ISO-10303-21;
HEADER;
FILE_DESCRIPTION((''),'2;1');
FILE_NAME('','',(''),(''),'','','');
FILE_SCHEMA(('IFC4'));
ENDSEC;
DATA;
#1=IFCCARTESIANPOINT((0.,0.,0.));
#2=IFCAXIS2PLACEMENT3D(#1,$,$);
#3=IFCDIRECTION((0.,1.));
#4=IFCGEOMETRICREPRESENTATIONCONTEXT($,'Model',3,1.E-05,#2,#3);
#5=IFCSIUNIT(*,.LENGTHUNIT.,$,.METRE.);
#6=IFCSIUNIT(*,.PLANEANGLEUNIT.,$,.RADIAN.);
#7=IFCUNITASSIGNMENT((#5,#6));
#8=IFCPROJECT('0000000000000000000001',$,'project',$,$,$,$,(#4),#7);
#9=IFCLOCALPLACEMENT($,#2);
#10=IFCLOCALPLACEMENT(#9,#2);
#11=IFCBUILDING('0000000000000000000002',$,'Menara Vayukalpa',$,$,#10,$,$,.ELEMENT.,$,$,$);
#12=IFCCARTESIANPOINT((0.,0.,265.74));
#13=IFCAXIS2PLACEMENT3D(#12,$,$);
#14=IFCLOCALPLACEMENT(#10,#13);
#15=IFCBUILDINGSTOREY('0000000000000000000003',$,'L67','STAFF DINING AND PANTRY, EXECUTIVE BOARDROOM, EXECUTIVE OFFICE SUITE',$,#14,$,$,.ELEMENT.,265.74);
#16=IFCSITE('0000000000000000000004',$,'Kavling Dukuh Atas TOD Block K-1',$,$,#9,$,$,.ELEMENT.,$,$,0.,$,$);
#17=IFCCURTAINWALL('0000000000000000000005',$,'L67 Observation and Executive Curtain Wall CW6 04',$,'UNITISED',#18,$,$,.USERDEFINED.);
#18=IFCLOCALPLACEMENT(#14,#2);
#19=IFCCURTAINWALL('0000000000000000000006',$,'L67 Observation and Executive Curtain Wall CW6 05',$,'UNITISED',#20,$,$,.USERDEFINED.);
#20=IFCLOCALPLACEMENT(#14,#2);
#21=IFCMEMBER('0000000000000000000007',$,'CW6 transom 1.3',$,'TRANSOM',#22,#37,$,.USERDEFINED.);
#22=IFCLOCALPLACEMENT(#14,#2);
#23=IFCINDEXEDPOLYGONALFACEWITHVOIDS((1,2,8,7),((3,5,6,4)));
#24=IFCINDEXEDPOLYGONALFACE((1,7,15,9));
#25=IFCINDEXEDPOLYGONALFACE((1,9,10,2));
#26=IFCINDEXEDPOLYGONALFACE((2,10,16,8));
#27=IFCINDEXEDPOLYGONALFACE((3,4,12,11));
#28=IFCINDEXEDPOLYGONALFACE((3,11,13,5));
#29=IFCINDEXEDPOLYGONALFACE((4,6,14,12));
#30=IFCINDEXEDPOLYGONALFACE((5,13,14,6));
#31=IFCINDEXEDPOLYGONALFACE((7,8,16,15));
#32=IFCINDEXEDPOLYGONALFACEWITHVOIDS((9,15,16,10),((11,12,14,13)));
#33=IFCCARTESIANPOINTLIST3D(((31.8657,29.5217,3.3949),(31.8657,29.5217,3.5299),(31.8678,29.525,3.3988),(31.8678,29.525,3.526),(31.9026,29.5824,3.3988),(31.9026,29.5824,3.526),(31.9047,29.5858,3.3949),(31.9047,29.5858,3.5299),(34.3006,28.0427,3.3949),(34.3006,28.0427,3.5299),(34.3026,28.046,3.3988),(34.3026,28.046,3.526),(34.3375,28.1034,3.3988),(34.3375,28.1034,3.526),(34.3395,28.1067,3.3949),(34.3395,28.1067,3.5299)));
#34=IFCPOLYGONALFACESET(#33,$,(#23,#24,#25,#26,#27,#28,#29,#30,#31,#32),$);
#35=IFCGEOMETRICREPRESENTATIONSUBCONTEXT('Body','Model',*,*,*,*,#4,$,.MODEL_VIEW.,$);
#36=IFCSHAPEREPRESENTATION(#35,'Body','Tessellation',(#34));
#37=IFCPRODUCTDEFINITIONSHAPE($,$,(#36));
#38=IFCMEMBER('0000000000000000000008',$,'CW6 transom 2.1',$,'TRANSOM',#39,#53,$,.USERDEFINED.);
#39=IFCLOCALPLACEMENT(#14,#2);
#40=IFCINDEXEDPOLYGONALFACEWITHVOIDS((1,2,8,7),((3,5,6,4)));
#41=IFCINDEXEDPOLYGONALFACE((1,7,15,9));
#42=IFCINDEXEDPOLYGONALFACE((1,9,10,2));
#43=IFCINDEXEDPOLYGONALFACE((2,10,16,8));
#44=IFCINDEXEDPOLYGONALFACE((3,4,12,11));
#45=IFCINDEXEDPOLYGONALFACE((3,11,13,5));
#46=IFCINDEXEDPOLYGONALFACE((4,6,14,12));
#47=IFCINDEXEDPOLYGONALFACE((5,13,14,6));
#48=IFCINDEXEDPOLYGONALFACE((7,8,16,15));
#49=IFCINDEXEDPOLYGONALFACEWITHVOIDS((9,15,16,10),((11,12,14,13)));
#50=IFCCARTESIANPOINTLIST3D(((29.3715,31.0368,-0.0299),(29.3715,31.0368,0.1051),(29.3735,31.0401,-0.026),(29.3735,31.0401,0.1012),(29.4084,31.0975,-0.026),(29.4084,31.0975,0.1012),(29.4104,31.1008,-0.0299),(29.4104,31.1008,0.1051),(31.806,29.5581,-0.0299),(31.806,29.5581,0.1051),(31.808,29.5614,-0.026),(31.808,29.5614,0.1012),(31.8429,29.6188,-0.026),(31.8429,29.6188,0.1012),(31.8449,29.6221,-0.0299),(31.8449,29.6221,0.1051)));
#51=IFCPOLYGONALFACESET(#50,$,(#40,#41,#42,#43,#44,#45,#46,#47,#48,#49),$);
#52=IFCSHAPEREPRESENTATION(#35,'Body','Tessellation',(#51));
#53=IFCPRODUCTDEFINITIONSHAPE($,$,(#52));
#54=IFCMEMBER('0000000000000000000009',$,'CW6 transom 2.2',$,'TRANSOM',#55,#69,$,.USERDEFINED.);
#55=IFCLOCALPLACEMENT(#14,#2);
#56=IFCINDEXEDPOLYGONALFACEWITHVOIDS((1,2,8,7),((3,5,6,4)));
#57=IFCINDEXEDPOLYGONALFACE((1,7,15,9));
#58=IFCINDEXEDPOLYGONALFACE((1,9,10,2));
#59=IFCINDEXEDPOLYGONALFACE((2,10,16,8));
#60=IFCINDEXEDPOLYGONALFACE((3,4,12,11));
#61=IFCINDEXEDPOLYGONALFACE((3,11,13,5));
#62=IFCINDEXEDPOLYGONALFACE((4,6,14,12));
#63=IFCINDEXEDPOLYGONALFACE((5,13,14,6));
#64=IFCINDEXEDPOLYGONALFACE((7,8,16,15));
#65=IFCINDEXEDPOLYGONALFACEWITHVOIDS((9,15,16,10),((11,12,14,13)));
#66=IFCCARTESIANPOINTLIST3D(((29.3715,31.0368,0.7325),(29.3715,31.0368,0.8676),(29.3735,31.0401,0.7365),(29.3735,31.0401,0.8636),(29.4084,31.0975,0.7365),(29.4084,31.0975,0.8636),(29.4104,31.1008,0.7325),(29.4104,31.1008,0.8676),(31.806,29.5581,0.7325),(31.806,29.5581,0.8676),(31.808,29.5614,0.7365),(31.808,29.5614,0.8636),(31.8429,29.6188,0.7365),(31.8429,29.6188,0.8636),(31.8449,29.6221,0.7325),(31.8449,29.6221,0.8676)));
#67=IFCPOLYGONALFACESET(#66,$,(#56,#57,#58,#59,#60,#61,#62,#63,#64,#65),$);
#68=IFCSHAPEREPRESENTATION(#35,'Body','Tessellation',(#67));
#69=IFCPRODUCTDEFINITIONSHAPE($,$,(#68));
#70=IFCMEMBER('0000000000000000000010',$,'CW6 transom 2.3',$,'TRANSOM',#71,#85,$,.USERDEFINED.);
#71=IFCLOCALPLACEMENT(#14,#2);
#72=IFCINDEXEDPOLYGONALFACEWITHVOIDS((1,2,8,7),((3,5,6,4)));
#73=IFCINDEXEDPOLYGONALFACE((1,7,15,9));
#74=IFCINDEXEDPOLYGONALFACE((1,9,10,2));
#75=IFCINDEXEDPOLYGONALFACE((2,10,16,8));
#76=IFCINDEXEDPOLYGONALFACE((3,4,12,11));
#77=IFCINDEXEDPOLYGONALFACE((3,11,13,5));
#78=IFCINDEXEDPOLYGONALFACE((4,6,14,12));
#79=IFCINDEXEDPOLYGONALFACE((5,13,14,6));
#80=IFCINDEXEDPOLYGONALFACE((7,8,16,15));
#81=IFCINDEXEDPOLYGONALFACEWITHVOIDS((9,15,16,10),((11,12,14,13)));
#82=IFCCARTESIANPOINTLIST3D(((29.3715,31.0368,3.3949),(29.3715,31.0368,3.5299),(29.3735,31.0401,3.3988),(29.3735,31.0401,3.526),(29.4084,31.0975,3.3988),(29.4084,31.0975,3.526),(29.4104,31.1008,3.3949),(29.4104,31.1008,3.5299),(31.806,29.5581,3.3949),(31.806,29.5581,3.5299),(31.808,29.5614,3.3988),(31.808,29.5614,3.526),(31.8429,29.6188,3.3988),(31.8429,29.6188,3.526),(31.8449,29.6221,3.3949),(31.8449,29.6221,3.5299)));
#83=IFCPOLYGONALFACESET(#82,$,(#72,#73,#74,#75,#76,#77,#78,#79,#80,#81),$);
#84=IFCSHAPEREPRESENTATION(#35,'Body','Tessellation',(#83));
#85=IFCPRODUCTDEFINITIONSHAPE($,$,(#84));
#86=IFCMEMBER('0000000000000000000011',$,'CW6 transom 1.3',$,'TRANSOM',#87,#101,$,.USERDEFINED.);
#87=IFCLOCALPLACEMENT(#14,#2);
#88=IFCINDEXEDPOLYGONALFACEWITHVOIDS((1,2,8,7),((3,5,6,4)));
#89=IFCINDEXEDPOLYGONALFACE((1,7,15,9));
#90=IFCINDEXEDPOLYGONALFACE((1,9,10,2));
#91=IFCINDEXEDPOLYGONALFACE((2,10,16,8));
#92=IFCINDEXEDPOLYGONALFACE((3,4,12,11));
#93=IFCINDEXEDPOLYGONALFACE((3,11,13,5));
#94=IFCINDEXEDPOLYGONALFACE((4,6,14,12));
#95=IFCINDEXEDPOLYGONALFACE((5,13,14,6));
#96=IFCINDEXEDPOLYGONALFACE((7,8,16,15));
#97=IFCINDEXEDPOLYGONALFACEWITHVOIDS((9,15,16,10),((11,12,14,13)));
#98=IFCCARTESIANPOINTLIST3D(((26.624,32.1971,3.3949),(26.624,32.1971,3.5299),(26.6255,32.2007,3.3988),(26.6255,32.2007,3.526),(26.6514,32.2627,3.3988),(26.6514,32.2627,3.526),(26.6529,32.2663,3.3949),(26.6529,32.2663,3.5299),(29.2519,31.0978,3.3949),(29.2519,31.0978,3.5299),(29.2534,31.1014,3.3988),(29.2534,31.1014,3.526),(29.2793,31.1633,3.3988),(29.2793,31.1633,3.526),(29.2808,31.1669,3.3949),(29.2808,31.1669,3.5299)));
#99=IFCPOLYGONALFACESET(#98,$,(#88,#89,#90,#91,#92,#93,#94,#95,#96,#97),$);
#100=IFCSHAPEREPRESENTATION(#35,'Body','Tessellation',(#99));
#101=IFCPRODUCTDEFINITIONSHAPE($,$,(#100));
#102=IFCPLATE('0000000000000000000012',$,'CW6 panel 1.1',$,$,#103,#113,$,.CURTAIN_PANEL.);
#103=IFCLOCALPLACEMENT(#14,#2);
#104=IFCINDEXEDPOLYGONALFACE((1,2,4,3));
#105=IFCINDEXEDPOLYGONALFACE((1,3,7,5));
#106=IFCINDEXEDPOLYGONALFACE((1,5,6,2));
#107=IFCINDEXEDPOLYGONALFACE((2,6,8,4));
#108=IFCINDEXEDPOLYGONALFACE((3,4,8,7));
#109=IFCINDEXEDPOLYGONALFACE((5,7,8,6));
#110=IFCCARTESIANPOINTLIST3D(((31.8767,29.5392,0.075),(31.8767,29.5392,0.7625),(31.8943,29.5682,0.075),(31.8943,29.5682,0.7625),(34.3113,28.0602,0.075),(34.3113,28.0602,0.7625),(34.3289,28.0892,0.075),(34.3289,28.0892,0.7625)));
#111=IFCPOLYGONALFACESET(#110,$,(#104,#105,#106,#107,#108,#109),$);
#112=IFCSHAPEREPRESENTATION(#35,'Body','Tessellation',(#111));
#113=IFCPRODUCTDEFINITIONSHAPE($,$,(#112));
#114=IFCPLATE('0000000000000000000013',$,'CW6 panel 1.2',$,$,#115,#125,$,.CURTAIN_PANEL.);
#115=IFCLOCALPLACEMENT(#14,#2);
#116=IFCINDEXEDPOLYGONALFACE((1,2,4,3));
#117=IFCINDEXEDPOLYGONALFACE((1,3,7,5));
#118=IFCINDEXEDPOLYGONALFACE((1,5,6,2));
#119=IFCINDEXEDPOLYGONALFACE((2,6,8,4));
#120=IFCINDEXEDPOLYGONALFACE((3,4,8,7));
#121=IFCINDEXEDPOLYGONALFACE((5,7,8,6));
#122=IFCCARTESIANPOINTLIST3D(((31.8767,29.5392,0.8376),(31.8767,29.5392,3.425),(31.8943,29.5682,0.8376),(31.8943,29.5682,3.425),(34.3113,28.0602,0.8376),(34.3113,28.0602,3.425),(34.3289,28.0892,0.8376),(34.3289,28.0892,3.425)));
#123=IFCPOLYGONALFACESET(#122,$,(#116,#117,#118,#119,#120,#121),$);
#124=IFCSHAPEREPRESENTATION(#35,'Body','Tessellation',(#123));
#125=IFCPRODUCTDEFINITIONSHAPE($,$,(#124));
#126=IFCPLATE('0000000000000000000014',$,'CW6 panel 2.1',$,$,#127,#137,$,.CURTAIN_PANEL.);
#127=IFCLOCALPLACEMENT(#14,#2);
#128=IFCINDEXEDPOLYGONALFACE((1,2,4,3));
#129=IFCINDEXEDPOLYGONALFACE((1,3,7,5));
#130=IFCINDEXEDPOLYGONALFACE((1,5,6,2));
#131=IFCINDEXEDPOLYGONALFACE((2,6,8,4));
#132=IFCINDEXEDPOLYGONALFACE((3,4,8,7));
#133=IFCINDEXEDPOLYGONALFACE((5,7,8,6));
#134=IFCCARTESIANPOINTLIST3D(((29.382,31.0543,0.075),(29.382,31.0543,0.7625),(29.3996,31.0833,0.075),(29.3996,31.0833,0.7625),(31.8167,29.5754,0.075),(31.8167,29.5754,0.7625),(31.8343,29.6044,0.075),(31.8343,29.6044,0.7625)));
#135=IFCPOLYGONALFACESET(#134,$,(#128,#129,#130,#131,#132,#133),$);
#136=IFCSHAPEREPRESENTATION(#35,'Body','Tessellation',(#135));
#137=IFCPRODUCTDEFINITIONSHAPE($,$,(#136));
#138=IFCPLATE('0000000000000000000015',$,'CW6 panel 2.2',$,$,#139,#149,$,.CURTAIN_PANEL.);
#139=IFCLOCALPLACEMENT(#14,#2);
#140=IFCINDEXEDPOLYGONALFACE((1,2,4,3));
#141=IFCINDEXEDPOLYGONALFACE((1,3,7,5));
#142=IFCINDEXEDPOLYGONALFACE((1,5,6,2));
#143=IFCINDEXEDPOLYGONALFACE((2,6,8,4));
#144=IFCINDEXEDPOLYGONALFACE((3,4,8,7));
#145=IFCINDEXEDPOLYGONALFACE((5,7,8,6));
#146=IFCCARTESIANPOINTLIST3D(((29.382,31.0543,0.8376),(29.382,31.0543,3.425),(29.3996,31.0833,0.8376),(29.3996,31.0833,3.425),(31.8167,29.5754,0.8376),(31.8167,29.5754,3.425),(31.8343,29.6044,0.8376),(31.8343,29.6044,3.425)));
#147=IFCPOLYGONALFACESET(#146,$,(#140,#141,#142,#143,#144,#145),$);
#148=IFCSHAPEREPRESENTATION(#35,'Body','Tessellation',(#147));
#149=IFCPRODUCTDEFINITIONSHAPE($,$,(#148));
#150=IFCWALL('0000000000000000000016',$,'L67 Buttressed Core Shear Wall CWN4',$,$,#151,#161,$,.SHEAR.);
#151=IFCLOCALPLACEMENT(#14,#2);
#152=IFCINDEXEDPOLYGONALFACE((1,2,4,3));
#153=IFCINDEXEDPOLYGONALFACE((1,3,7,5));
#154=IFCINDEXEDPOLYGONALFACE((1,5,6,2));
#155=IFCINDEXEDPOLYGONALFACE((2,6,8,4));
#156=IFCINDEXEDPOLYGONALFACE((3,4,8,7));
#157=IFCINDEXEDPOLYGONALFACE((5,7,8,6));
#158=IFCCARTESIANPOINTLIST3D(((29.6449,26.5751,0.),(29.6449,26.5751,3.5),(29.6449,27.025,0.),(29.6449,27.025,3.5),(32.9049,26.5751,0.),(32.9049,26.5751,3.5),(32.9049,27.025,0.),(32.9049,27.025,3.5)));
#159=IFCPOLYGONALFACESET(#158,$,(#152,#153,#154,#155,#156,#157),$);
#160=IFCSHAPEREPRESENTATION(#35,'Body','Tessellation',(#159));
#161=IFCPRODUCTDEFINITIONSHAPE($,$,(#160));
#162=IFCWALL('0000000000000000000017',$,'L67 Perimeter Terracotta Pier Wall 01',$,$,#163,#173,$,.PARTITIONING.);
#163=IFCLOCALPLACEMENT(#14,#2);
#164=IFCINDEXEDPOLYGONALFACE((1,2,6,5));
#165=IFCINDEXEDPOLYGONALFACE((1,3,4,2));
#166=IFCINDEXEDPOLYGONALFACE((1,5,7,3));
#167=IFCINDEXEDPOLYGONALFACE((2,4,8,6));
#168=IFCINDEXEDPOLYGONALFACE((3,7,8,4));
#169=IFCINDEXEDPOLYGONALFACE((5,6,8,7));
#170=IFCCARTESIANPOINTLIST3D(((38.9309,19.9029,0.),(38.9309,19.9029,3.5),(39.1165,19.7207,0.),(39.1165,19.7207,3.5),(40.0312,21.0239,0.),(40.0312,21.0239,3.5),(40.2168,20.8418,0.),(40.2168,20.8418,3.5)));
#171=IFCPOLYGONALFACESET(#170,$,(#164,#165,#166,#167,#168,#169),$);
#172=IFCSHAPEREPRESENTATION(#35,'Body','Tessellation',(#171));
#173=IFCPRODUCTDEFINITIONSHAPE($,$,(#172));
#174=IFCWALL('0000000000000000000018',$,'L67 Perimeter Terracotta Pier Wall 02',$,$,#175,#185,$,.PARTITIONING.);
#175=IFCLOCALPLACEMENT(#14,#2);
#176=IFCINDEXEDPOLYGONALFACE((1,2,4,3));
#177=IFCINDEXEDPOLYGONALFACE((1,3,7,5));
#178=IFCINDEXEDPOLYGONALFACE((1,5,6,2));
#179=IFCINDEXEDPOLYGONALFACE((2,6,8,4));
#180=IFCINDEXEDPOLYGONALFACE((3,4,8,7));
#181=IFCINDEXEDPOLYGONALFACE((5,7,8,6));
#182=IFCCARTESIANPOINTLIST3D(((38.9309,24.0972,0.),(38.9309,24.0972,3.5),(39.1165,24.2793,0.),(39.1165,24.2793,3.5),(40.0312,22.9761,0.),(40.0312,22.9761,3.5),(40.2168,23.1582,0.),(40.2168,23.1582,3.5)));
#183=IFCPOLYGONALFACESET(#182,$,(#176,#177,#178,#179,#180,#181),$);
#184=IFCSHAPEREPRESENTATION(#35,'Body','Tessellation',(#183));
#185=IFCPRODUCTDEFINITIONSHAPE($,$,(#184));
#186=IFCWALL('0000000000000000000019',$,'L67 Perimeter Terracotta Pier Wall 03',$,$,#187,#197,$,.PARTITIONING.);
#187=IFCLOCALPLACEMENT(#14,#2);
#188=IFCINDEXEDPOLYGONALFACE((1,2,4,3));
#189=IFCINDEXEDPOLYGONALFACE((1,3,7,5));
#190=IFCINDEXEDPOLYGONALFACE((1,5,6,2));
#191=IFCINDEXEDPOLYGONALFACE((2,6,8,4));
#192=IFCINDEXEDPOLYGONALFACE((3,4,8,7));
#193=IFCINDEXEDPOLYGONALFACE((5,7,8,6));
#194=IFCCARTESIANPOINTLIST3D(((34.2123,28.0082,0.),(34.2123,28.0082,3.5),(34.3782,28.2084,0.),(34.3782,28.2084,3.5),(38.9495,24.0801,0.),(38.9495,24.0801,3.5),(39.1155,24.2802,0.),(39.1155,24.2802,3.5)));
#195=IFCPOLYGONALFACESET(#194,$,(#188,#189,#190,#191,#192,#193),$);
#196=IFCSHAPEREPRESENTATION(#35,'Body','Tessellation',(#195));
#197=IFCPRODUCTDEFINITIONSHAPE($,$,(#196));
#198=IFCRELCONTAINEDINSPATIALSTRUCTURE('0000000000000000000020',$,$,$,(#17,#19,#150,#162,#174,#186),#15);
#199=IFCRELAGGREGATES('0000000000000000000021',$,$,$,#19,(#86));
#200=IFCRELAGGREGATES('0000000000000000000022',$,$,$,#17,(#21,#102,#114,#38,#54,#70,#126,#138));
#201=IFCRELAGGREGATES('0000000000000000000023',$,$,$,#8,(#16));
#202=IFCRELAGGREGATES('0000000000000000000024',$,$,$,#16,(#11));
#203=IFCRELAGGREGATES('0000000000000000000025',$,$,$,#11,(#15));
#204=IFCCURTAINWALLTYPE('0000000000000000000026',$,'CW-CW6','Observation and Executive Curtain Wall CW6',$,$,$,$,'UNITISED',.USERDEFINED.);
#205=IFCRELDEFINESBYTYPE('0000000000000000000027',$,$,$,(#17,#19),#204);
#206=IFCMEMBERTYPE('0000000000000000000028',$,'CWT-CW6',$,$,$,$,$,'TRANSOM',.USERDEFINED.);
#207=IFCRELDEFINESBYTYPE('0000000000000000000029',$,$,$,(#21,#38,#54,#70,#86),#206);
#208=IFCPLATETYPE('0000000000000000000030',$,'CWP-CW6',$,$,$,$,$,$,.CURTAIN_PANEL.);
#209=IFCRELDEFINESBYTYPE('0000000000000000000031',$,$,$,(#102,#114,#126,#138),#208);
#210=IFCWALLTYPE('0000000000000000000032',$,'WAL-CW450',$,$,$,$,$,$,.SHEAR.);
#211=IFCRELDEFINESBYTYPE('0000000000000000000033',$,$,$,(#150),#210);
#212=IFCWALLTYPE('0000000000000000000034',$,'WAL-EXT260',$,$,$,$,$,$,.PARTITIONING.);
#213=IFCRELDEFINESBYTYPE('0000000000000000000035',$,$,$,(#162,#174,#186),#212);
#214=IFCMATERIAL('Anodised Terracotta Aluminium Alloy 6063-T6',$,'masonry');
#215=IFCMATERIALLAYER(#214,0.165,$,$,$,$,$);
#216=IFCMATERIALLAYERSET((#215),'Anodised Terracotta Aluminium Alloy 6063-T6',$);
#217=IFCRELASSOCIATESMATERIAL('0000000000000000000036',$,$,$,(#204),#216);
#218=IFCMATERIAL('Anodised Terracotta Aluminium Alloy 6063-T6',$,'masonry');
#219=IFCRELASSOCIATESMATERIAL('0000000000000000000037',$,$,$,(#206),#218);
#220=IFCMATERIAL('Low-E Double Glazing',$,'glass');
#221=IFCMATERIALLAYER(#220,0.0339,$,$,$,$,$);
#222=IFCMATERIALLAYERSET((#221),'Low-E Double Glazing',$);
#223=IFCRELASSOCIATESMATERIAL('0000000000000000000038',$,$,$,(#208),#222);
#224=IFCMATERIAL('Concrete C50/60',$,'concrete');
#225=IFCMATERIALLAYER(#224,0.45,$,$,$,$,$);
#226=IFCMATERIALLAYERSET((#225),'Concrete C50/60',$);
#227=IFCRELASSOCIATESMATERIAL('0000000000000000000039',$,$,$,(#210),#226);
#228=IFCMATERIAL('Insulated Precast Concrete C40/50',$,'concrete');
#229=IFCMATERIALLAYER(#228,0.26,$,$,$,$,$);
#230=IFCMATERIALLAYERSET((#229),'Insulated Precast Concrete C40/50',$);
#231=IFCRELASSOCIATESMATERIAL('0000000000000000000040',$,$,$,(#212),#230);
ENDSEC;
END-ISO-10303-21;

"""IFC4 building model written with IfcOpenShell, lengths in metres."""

from ifc_helpers import new_model, si_unit, direction, frame, frame_2d, origin, origin_2d, place, context, subcontext, project, spatial, rectangle, hollow_rectangle, extrude, material, layer, layer_set, material_profile, profile_set, type_object, element, aggregate, save


model = new_model("IFC4")

# Units and contexts
model_context = context("Model", 3, precision=1e-05, world=origin(), true_north=direction((0.0, 1.0)))
body_context = subcontext(model_context, "Body", "Model", "MODEL_VIEW")
ifc_project = project(units=[si_unit("LENGTHUNIT", "METRE"), si_unit("PLANEANGLEUNIT", "RADIAN")], contexts=[model_context])

# Site, building, storey
site_placement = place(None, origin())
site = spatial("IfcSite", under=ifc_project, at=site_placement, Name="Kavling Dukuh Atas TOD Block K-1", CompositionType="ELEMENT", RefElevation=0.0)
building_placement = place(site_placement, origin())
building = spatial("IfcBuilding", under=site, at=building_placement, Name="Menara Vayukalpa", CompositionType="ELEMENT")
storey_placement = place(building_placement, frame((0.0, 0.0, 265.74)))
storey = spatial("IfcBuildingStorey", under=building, at=storey_placement, Name="L67", Description="STAFF DINING AND PANTRY, EXECUTIVE BOARDROOM, EXECUTIVE OFFICE SUITE", CompositionType="ELEMENT", Elevation=265.74)

# Curtain wall
ifc_material_1 = material(Name="Anodised Terracotta Aluminium Alloy 6063-T6", Category="masonry")
ifc_layer_1 = layer(ifc_material_1, 0.165)
ifc_layer_set_1 = layer_set([ifc_layer_1], Name="Anodised Terracotta Aluminium Alloy 6063-T6")
curtain_wall_type = type_object("IfcCurtainWallType", Name="CW-CW6", Description="Observation and Executive Curtain Wall CW6", ElementType="UNITISED", PredefinedType="USERDEFINED", material=ifc_layer_set_1)
curtain_wall_1_placement = place(storey_placement, origin())
curtain_wall_1 = element("IfcCurtainWall", 1, at=curtain_wall_1_placement, inside=storey, type_object=curtain_wall_type, Name="L67 Observation and Executive Curtain Wall CW6 04", ObjectType="UNITISED", PredefinedType="USERDEFINED")

# Curtain wall
curtain_wall_2_placement = place(storey_placement, origin())
curtain_wall_2 = element("IfcCurtainWall", 2, at=curtain_wall_2_placement, inside=storey, type_object=curtain_wall_type, Name="L67 Observation and Executive Curtain Wall CW6 05", ObjectType="UNITISED", PredefinedType="USERDEFINED")

# Members
ifc_material_2 = material(Name="Anodised Terracotta Aluminium Alloy 6063-T6", Category="masonry")
ifc_material_profile_1 = material_profile(ifc_material_2, hollow_rectangle(XDim=0.075, YDim=0.135, WallThickness=0.0039, at=origin_2d()), Name="ALU 75x135x4")
ifc_profile_set_1 = profile_set([ifc_material_profile_1], Name="Anodised Terracotta Aluminium Alloy 6063-T6")
member_type_1 = type_object("IfcMemberType", Name="CWT-CW6", ElementType="TRANSOM", PredefinedType="USERDEFINED", material=ifc_profile_set_1)
member_1_placement = place(storey_placement, frame((34.3201, 28.0747, 3.4624), z_axis=(-0.854675, 0.519164, 0.0), x_axis=(-0.519164, -0.854675, 0.0)))
member_1 = element("IfcMember", 3, at=member_1_placement, type_object=member_type_1, Name="CW6 transom 1.3", ObjectType="TRANSOM", PredefinedType="USERDEFINED", context=body_context, shape_type="SweptSolid", body=[
    extrude(hollow_rectangle(XDim=0.075, YDim=0.135, WallThickness=0.0039, at=origin_2d()), origin(), (0.0, 0.0, 1.0), 2.8489),
])
member_2_placement = place(storey_placement, frame((31.8254, 29.5901, 0.0376), z_axis=(-0.85469, 0.519139, 0.0), x_axis=(-0.519139, -0.85469, 0.0)))
member_2 = element("IfcMember", 4, at=member_2_placement, type_object=member_type_1, Name="CW6 transom 2.1", ObjectType="TRANSOM", PredefinedType="USERDEFINED", context=body_context, shape_type="SweptSolid", body=[
    extrude(hollow_rectangle(XDim=0.075, YDim=0.135, WallThickness=0.0039, at=origin_2d()), origin(), (0.0, 0.0, 1.0), 2.8484),
])
member_3_placement = place(storey_placement, frame((31.8254, 29.5901, 0.8), z_axis=(-0.85469, 0.519139, 0.0), x_axis=(-0.519139, -0.85469, 0.0)))
member_3 = element("IfcMember", 5, at=member_3_placement, type_object=member_type_1, Name="CW6 transom 2.2", ObjectType="TRANSOM", PredefinedType="USERDEFINED", context=body_context, shape_type="SweptSolid", body=[
    extrude(hollow_rectangle(XDim=0.075, YDim=0.135, WallThickness=0.0039, at=origin_2d()), origin(), (0.0, 0.0, 1.0), 2.8484),
])
member_4_placement = place(storey_placement, frame((31.8254, 29.5901, 3.4624), z_axis=(-0.85469, 0.519139, 0.0), x_axis=(-0.519139, -0.85469, 0.0)))
member_4 = element("IfcMember", 6, at=member_4_placement, type_object=member_type_1, Name="CW6 transom 2.3", ObjectType="TRANSOM", PredefinedType="USERDEFINED", context=body_context, shape_type="SweptSolid", body=[
    extrude(hollow_rectangle(XDim=0.075, YDim=0.135, WallThickness=0.0039, at=origin_2d()), origin(), (0.0, 0.0, 1.0), 2.8484),
])
member_5_placement = place(storey_placement, frame((29.2664, 31.1323, 3.4624), z_axis=(-0.922528, 0.385929, 0.0), x_axis=(-0.385929, -0.922528, 0.0)))
member_5 = element("IfcMember", 7, at=member_5_placement, type_object=member_type_1, Name="CW6 transom 1.3", ObjectType="TRANSOM", PredefinedType="USERDEFINED", context=body_context, shape_type="SweptSolid", body=[
    extrude(hollow_rectangle(XDim=0.075, YDim=0.135, WallThickness=0.0039, at=origin_2d()), origin(), (0.0, 0.0, 1.0), 2.8486),
])
aggregate(curtain_wall_2, [member_5])

# Plates
ifc_material_3 = material(Name="Low-E Double Glazing", Category="glass")
ifc_layer_2 = layer(ifc_material_3, 0.0339)
ifc_layer_set_2 = layer_set([ifc_layer_2], Name="Low-E Double Glazing")
plate_type = type_object("IfcPlateType", Name="CWP-CW6", PredefinedType="CURTAIN_PANEL", material=ifc_layer_set_2)
plate_1_placement = place(storey_placement, frame((33.1028, 28.8142, 0.075), z_axis=(0.0, 0.0, 1.0), x_axis=(-0.854668, 0.519176, 0.0)))
plate_1 = element("IfcPlate", 8, at=plate_1_placement, type_object=plate_type, Name="CW6 panel 1.1", PredefinedType="CURTAIN_PANEL", context=body_context, shape_type="SweptSolid", body=[
    extrude(rectangle(XDim=2.8486, YDim=0.0339, at=origin_2d()), origin(), (0.0, 0.0, 1.0), 0.6875),
])
plate_2_placement = place(storey_placement, frame((33.1028, 28.8142, 0.8376), z_axis=(0.0, 0.0, 1.0), x_axis=(-0.854668, 0.519176, 0.0)))
plate_2 = element("IfcPlate", 9, at=plate_2_placement, type_object=plate_type, Name="CW6 panel 1.2", PredefinedType="CURTAIN_PANEL", context=body_context, shape_type="SweptSolid", body=[
    extrude(rectangle(XDim=2.8486, YDim=0.0339, at=origin_2d()), origin(), (0.0, 0.0, 1.0), 2.5874),
])
plate_3_placement = place(storey_placement, frame((30.6082, 30.3293, 0.075), z_axis=(0.0, 0.0, 1.0), x_axis=(-0.854668, 0.519176, 0.0)))
plate_3 = element("IfcPlate", 10, at=plate_3_placement, type_object=plate_type, Name="CW6 panel 2.1", PredefinedType="CURTAIN_PANEL", context=body_context, shape_type="SweptSolid", body=[
    extrude(rectangle(XDim=2.8486, YDim=0.0339, at=origin_2d()), origin(), (0.0, 0.0, 1.0), 0.6875),
])
plate_4_placement = place(storey_placement, frame((30.6082, 30.3293, 0.8376), z_axis=(0.0, 0.0, 1.0), x_axis=(-0.854668, 0.519176, 0.0)))
plate_4 = element("IfcPlate", 11, at=plate_4_placement, type_object=plate_type, Name="CW6 panel 2.2", PredefinedType="CURTAIN_PANEL", context=body_context, shape_type="SweptSolid", body=[
    extrude(rectangle(XDim=2.8486, YDim=0.0339, at=origin_2d()), origin(), (0.0, 0.0, 1.0), 2.5874),
])
aggregate(curtain_wall_1, [member_1, plate_1, plate_2, member_2, member_3, member_4, plate_3, plate_4])

# Walls
ifc_material_4 = material(Name="Concrete C50/60", Category="concrete")
ifc_layer_3 = layer(ifc_material_4, 0.45)
ifc_layer_set_3 = layer_set([ifc_layer_3], Name="Concrete C50/60")
wall_type_1 = type_object("IfcWallType", Name="WAL-CW450", PredefinedType="SHEAR", material=ifc_layer_set_3)
wall_1_placement = place(storey_placement, frame((29.645, 26.8, 0.0), z_axis=(0.0, 0.0, 1.0), x_axis=(1.0, 0.0, 0.0)))
element("IfcWall", 12, at=wall_1_placement, inside=storey, type_object=wall_type_1, Name="L67 Buttressed Core Shear Wall CWN4", PredefinedType="SHEAR", context=body_context, shape_type="SweptSolid", body=[
    extrude(rectangle(XDim=3.26, YDim=0.45, at=frame_2d((1.6299, 0.0))), origin(), (0.0, 0.0, 1.0), 3.5),
])
ifc_material_5 = material(Name="Insulated Precast Concrete C40/50", Category="concrete")
ifc_layer_4 = layer(ifc_material_5, 0.26)
ifc_layer_set_4 = layer_set([ifc_layer_4], Name="Insulated Precast Concrete C40/50")
wall_type_2 = type_object("IfcWallType", Name="WAL-EXT260", PredefinedType="PARTITIONING", material=ifc_layer_set_4)
for number, where, z_axis, x_axis, name in (
    (13, (40.124, 20.9329, 0.0), (0.0, 0.0, 1.0), (-0.700471, -0.713681, 0.0), "L67 Perimeter Terracotta Pier Wall 01"),
    (14, (39.0237, 24.1882, 0.0), (0.0, 0.0, 1.0), (0.700471, -0.713681, 0.0), "L67 Perimeter Terracotta Pier Wall 02"),
):
    element("IfcWall", number, at=place(storey_placement, frame(where, z_axis=z_axis, x_axis=x_axis)), inside=storey, type_object=wall_type_2, Name=name, PredefinedType="PARTITIONING", context=body_context, shape_type="SweptSolid", body=[
        extrude(rectangle(XDim=1.5708, YDim=0.26, at=frame_2d((0.7854, 0.0))), origin(), (0.0, 0.0, 1.0), 3.5),
    ])
wall_2_placement = place(storey_placement, frame((34.2952, 28.1084, 0.0), z_axis=(0.0, 0.0, 1.0), x_axis=(0.76978, -0.638309, 0.0)))
element("IfcWall", 15, at=wall_2_placement, inside=storey, type_object=wall_type_2, Name="L67 Perimeter Terracotta Pier Wall 03", PredefinedType="PARTITIONING", context=body_context, shape_type="SweptSolid", body=[
    extrude(rectangle(XDim=6.1541, YDim=0.26, at=frame_2d((3.0771, 0.0))), origin(), (0.0, 0.0, 1.0), 3.5),
])

save(model, "model.ifc")
